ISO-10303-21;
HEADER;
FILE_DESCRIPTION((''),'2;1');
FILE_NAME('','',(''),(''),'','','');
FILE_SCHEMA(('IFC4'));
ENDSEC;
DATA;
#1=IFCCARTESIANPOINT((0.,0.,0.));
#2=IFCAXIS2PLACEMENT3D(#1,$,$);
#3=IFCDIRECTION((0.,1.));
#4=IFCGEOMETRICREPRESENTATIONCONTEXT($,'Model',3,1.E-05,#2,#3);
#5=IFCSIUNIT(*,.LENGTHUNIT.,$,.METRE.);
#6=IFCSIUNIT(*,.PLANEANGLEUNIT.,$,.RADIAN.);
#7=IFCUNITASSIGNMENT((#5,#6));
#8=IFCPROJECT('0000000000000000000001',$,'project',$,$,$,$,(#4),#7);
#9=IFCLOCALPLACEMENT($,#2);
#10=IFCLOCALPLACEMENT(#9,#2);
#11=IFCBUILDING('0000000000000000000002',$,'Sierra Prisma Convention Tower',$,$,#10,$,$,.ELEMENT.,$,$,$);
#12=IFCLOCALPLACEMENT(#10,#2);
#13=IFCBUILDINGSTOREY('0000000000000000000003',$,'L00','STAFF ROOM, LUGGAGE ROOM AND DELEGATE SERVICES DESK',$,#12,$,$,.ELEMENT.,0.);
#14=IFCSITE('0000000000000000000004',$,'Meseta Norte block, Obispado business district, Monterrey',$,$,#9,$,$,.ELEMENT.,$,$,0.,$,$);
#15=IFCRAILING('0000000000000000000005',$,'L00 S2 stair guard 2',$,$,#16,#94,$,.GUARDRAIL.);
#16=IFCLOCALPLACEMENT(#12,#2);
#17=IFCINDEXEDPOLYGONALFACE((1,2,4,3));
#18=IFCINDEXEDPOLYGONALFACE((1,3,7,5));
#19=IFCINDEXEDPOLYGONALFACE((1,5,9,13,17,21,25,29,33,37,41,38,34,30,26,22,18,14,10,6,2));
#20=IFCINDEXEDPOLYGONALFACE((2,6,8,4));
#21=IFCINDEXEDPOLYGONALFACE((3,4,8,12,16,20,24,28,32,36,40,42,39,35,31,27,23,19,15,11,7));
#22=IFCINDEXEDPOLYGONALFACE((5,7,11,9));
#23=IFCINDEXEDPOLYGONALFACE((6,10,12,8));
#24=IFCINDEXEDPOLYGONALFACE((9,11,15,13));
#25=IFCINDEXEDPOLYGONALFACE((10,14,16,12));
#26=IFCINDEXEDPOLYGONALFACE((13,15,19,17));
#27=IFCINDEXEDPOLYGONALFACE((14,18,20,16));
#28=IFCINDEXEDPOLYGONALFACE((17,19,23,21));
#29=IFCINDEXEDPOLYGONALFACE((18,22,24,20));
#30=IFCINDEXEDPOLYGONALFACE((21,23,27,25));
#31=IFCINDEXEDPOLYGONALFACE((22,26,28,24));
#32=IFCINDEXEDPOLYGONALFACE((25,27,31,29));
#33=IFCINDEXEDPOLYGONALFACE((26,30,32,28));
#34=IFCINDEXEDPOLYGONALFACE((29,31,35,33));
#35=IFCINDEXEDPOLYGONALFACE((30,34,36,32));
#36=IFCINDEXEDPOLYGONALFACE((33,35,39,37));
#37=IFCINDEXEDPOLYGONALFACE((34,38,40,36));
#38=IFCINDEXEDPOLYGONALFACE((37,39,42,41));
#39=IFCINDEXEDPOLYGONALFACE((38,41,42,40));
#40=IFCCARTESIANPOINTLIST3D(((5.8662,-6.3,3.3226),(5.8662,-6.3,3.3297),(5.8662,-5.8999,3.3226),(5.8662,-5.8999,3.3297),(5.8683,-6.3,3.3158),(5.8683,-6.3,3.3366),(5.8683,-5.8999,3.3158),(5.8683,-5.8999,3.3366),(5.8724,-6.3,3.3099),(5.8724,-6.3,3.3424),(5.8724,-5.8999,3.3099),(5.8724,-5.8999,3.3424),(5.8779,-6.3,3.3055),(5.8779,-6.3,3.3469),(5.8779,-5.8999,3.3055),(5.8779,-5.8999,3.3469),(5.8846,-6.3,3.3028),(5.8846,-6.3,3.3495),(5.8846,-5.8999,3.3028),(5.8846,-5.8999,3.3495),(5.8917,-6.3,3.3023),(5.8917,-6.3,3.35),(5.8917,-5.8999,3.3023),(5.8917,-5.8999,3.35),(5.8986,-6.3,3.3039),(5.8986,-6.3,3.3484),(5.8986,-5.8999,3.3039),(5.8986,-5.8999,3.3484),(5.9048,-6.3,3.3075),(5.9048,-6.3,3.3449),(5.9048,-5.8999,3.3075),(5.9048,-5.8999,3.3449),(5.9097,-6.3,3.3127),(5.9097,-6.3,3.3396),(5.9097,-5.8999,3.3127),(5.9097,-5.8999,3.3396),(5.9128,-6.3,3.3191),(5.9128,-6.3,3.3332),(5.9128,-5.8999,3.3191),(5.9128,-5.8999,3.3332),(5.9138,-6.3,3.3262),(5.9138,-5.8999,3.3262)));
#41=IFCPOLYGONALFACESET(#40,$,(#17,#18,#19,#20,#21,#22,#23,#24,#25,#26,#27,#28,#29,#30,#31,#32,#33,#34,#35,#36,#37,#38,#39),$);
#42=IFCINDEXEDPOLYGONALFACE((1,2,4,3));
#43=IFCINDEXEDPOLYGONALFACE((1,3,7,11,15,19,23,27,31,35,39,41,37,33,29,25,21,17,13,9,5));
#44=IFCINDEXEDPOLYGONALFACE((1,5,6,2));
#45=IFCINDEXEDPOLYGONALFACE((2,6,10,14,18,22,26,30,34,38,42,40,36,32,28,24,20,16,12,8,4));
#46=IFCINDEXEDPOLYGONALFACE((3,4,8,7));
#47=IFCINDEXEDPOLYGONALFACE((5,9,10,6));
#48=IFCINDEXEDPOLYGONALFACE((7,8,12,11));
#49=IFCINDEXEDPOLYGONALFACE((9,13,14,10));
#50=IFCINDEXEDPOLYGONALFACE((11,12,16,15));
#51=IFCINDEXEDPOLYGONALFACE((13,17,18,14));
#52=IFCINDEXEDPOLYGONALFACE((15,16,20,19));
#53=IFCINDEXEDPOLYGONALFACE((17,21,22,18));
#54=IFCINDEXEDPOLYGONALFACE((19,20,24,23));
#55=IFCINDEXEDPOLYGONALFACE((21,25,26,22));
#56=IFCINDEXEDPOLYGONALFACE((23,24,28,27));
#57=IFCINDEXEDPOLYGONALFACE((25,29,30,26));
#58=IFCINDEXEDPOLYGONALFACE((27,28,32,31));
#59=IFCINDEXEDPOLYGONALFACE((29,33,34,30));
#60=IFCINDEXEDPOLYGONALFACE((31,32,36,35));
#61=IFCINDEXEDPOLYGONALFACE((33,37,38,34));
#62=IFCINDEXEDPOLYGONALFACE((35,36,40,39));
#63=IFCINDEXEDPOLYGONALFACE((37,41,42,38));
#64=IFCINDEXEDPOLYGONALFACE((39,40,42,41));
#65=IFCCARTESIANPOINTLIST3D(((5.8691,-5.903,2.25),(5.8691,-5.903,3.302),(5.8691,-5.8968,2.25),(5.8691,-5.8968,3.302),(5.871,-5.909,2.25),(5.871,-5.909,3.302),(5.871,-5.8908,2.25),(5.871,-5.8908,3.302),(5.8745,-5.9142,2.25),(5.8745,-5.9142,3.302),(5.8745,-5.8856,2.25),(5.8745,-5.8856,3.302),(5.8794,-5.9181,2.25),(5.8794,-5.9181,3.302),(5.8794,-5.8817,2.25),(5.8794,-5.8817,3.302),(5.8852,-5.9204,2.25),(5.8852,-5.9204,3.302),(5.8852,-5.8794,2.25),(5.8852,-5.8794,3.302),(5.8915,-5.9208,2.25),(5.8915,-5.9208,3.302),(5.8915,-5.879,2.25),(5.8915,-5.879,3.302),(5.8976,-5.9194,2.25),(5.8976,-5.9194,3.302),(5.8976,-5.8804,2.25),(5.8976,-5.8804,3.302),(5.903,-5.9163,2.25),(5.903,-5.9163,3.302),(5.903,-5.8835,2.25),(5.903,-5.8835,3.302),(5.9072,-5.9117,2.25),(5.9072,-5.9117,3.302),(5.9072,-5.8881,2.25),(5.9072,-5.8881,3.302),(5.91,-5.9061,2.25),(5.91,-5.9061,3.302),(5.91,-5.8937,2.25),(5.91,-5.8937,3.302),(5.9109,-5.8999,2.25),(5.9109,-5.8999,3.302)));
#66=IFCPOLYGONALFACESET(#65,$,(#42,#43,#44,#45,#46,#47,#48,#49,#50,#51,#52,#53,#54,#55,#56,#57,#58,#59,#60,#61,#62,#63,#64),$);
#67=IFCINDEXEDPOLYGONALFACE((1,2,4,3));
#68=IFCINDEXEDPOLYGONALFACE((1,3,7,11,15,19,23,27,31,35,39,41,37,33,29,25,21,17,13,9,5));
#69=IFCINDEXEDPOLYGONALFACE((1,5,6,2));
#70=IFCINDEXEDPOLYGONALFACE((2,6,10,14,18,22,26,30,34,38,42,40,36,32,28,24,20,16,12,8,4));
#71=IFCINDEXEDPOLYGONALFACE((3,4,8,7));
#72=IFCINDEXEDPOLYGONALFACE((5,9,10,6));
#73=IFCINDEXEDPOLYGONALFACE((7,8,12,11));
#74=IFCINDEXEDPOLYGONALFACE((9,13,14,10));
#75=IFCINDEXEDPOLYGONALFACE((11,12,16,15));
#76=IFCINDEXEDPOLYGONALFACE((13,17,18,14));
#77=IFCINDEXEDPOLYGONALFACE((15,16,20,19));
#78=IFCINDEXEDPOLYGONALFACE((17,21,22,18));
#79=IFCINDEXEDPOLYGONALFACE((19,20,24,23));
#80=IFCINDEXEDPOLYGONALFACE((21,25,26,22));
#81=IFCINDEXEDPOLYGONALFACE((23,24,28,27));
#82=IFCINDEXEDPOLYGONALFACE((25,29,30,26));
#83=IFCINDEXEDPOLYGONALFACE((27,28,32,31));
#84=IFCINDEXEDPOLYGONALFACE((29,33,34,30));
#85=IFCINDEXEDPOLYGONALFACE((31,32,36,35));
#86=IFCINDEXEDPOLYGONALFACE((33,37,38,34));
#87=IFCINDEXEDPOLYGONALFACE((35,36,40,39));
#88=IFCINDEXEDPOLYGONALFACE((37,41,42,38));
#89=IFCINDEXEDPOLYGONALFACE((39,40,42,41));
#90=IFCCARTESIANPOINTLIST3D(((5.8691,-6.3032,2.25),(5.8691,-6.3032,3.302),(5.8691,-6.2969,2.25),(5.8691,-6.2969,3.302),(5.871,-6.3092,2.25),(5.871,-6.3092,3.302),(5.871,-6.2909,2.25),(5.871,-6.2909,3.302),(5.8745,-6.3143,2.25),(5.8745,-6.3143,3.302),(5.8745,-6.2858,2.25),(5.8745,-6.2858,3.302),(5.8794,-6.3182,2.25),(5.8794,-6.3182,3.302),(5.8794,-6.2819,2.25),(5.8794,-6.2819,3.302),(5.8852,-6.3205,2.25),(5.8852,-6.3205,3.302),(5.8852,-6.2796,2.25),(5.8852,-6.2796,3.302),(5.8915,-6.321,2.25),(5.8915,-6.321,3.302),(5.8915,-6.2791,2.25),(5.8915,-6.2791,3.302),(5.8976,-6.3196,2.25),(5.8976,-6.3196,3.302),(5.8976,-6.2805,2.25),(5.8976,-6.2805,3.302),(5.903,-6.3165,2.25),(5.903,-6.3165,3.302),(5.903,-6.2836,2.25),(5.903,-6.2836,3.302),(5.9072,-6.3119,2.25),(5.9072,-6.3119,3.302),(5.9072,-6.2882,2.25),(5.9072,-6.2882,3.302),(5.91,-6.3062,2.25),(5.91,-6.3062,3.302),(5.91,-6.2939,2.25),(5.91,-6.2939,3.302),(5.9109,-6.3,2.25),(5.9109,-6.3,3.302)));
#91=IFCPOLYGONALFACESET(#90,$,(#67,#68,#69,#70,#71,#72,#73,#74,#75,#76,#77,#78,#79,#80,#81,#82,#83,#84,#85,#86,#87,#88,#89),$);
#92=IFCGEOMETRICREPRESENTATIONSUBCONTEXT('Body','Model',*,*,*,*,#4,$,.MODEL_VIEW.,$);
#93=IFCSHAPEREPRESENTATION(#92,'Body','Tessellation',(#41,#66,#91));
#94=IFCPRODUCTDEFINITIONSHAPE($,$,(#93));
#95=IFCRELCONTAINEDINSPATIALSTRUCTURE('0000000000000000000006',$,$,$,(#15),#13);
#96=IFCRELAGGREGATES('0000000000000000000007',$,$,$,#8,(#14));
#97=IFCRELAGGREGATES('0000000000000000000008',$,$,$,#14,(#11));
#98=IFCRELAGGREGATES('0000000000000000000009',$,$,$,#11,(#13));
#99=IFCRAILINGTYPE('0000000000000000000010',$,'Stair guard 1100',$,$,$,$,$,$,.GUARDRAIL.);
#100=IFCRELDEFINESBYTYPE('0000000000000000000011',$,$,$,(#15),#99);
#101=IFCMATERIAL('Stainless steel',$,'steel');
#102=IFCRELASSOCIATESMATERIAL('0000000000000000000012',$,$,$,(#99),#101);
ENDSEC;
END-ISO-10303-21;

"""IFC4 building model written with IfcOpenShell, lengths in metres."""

from ifc_helpers import new_model, si_unit, direction, frame, origin, origin_2d, place, context, subcontext, project, spatial, circle, extrude, material, type_object, element, save


model = new_model("IFC4")

# Units and contexts
model_context = context("Model", 3, precision=1e-05, world=origin(), true_north=direction((0.0, 1.0)))
body_context = subcontext(model_context, "Body", "Model", "MODEL_VIEW")
ifc_project = project(units=[si_unit("LENGTHUNIT", "METRE"), si_unit("PLANEANGLEUNIT", "RADIAN")], contexts=[model_context])

# Site, building, storey
site_placement = place(None, origin())
site = spatial("IfcSite", under=ifc_project, at=site_placement, Name="Meseta Norte block, Obispado business district, Monterrey", CompositionType="ELEMENT", RefElevation=0.0)
building_placement = place(site_placement, origin())
building = spatial("IfcBuilding", under=site, at=building_placement, Name="Sierra Prisma Convention Tower", CompositionType="ELEMENT")
storey_placement = place(building_placement, origin())
storey = spatial("IfcBuildingStorey", under=building, at=storey_placement, Name="L00", Description="STAFF ROOM, LUGGAGE ROOM AND DELEGATE SERVICES DESK", CompositionType="ELEMENT", Elevation=0.0)

# Railing
ifc_material_1 = material(Name="Stainless steel", Category="steel")
railing_type_1 = type_object("IfcRailingType", Name="Stair guard 1100", PredefinedType="GUARDRAIL", material=ifc_material_1)
railing_1_placement = place(storey_placement, frame((5.8899, -5.8999, 2.25)))
element("IfcRailing", 1, at=railing_1_placement, inside=storey, type_object=railing_type_1, Name="L00 S2 stair guard 2", PredefinedType="GUARDRAIL", context=body_context, shape_type="SweptSolid", body=[
    extrude(circle(Radius=0.0239, at=origin_2d()), frame((0.0, 0.0, 1.0762), z_axis=(0.0, -1.0, 0.0), x_axis=(1.0, 0.0, 0.0)), (0.0, 0.0, 1.0), 0.4001),
    extrude(circle(Radius=0.021, at=origin_2d()), origin(), (0.0, 0.0, 1.0), 1.052),
    extrude(circle(Radius=0.021, at=origin_2d()), frame((0.0, -0.4001, 0.0)), (0.0, 0.0, 1.0), 1.052),
])

save(model, "model.ifc")
